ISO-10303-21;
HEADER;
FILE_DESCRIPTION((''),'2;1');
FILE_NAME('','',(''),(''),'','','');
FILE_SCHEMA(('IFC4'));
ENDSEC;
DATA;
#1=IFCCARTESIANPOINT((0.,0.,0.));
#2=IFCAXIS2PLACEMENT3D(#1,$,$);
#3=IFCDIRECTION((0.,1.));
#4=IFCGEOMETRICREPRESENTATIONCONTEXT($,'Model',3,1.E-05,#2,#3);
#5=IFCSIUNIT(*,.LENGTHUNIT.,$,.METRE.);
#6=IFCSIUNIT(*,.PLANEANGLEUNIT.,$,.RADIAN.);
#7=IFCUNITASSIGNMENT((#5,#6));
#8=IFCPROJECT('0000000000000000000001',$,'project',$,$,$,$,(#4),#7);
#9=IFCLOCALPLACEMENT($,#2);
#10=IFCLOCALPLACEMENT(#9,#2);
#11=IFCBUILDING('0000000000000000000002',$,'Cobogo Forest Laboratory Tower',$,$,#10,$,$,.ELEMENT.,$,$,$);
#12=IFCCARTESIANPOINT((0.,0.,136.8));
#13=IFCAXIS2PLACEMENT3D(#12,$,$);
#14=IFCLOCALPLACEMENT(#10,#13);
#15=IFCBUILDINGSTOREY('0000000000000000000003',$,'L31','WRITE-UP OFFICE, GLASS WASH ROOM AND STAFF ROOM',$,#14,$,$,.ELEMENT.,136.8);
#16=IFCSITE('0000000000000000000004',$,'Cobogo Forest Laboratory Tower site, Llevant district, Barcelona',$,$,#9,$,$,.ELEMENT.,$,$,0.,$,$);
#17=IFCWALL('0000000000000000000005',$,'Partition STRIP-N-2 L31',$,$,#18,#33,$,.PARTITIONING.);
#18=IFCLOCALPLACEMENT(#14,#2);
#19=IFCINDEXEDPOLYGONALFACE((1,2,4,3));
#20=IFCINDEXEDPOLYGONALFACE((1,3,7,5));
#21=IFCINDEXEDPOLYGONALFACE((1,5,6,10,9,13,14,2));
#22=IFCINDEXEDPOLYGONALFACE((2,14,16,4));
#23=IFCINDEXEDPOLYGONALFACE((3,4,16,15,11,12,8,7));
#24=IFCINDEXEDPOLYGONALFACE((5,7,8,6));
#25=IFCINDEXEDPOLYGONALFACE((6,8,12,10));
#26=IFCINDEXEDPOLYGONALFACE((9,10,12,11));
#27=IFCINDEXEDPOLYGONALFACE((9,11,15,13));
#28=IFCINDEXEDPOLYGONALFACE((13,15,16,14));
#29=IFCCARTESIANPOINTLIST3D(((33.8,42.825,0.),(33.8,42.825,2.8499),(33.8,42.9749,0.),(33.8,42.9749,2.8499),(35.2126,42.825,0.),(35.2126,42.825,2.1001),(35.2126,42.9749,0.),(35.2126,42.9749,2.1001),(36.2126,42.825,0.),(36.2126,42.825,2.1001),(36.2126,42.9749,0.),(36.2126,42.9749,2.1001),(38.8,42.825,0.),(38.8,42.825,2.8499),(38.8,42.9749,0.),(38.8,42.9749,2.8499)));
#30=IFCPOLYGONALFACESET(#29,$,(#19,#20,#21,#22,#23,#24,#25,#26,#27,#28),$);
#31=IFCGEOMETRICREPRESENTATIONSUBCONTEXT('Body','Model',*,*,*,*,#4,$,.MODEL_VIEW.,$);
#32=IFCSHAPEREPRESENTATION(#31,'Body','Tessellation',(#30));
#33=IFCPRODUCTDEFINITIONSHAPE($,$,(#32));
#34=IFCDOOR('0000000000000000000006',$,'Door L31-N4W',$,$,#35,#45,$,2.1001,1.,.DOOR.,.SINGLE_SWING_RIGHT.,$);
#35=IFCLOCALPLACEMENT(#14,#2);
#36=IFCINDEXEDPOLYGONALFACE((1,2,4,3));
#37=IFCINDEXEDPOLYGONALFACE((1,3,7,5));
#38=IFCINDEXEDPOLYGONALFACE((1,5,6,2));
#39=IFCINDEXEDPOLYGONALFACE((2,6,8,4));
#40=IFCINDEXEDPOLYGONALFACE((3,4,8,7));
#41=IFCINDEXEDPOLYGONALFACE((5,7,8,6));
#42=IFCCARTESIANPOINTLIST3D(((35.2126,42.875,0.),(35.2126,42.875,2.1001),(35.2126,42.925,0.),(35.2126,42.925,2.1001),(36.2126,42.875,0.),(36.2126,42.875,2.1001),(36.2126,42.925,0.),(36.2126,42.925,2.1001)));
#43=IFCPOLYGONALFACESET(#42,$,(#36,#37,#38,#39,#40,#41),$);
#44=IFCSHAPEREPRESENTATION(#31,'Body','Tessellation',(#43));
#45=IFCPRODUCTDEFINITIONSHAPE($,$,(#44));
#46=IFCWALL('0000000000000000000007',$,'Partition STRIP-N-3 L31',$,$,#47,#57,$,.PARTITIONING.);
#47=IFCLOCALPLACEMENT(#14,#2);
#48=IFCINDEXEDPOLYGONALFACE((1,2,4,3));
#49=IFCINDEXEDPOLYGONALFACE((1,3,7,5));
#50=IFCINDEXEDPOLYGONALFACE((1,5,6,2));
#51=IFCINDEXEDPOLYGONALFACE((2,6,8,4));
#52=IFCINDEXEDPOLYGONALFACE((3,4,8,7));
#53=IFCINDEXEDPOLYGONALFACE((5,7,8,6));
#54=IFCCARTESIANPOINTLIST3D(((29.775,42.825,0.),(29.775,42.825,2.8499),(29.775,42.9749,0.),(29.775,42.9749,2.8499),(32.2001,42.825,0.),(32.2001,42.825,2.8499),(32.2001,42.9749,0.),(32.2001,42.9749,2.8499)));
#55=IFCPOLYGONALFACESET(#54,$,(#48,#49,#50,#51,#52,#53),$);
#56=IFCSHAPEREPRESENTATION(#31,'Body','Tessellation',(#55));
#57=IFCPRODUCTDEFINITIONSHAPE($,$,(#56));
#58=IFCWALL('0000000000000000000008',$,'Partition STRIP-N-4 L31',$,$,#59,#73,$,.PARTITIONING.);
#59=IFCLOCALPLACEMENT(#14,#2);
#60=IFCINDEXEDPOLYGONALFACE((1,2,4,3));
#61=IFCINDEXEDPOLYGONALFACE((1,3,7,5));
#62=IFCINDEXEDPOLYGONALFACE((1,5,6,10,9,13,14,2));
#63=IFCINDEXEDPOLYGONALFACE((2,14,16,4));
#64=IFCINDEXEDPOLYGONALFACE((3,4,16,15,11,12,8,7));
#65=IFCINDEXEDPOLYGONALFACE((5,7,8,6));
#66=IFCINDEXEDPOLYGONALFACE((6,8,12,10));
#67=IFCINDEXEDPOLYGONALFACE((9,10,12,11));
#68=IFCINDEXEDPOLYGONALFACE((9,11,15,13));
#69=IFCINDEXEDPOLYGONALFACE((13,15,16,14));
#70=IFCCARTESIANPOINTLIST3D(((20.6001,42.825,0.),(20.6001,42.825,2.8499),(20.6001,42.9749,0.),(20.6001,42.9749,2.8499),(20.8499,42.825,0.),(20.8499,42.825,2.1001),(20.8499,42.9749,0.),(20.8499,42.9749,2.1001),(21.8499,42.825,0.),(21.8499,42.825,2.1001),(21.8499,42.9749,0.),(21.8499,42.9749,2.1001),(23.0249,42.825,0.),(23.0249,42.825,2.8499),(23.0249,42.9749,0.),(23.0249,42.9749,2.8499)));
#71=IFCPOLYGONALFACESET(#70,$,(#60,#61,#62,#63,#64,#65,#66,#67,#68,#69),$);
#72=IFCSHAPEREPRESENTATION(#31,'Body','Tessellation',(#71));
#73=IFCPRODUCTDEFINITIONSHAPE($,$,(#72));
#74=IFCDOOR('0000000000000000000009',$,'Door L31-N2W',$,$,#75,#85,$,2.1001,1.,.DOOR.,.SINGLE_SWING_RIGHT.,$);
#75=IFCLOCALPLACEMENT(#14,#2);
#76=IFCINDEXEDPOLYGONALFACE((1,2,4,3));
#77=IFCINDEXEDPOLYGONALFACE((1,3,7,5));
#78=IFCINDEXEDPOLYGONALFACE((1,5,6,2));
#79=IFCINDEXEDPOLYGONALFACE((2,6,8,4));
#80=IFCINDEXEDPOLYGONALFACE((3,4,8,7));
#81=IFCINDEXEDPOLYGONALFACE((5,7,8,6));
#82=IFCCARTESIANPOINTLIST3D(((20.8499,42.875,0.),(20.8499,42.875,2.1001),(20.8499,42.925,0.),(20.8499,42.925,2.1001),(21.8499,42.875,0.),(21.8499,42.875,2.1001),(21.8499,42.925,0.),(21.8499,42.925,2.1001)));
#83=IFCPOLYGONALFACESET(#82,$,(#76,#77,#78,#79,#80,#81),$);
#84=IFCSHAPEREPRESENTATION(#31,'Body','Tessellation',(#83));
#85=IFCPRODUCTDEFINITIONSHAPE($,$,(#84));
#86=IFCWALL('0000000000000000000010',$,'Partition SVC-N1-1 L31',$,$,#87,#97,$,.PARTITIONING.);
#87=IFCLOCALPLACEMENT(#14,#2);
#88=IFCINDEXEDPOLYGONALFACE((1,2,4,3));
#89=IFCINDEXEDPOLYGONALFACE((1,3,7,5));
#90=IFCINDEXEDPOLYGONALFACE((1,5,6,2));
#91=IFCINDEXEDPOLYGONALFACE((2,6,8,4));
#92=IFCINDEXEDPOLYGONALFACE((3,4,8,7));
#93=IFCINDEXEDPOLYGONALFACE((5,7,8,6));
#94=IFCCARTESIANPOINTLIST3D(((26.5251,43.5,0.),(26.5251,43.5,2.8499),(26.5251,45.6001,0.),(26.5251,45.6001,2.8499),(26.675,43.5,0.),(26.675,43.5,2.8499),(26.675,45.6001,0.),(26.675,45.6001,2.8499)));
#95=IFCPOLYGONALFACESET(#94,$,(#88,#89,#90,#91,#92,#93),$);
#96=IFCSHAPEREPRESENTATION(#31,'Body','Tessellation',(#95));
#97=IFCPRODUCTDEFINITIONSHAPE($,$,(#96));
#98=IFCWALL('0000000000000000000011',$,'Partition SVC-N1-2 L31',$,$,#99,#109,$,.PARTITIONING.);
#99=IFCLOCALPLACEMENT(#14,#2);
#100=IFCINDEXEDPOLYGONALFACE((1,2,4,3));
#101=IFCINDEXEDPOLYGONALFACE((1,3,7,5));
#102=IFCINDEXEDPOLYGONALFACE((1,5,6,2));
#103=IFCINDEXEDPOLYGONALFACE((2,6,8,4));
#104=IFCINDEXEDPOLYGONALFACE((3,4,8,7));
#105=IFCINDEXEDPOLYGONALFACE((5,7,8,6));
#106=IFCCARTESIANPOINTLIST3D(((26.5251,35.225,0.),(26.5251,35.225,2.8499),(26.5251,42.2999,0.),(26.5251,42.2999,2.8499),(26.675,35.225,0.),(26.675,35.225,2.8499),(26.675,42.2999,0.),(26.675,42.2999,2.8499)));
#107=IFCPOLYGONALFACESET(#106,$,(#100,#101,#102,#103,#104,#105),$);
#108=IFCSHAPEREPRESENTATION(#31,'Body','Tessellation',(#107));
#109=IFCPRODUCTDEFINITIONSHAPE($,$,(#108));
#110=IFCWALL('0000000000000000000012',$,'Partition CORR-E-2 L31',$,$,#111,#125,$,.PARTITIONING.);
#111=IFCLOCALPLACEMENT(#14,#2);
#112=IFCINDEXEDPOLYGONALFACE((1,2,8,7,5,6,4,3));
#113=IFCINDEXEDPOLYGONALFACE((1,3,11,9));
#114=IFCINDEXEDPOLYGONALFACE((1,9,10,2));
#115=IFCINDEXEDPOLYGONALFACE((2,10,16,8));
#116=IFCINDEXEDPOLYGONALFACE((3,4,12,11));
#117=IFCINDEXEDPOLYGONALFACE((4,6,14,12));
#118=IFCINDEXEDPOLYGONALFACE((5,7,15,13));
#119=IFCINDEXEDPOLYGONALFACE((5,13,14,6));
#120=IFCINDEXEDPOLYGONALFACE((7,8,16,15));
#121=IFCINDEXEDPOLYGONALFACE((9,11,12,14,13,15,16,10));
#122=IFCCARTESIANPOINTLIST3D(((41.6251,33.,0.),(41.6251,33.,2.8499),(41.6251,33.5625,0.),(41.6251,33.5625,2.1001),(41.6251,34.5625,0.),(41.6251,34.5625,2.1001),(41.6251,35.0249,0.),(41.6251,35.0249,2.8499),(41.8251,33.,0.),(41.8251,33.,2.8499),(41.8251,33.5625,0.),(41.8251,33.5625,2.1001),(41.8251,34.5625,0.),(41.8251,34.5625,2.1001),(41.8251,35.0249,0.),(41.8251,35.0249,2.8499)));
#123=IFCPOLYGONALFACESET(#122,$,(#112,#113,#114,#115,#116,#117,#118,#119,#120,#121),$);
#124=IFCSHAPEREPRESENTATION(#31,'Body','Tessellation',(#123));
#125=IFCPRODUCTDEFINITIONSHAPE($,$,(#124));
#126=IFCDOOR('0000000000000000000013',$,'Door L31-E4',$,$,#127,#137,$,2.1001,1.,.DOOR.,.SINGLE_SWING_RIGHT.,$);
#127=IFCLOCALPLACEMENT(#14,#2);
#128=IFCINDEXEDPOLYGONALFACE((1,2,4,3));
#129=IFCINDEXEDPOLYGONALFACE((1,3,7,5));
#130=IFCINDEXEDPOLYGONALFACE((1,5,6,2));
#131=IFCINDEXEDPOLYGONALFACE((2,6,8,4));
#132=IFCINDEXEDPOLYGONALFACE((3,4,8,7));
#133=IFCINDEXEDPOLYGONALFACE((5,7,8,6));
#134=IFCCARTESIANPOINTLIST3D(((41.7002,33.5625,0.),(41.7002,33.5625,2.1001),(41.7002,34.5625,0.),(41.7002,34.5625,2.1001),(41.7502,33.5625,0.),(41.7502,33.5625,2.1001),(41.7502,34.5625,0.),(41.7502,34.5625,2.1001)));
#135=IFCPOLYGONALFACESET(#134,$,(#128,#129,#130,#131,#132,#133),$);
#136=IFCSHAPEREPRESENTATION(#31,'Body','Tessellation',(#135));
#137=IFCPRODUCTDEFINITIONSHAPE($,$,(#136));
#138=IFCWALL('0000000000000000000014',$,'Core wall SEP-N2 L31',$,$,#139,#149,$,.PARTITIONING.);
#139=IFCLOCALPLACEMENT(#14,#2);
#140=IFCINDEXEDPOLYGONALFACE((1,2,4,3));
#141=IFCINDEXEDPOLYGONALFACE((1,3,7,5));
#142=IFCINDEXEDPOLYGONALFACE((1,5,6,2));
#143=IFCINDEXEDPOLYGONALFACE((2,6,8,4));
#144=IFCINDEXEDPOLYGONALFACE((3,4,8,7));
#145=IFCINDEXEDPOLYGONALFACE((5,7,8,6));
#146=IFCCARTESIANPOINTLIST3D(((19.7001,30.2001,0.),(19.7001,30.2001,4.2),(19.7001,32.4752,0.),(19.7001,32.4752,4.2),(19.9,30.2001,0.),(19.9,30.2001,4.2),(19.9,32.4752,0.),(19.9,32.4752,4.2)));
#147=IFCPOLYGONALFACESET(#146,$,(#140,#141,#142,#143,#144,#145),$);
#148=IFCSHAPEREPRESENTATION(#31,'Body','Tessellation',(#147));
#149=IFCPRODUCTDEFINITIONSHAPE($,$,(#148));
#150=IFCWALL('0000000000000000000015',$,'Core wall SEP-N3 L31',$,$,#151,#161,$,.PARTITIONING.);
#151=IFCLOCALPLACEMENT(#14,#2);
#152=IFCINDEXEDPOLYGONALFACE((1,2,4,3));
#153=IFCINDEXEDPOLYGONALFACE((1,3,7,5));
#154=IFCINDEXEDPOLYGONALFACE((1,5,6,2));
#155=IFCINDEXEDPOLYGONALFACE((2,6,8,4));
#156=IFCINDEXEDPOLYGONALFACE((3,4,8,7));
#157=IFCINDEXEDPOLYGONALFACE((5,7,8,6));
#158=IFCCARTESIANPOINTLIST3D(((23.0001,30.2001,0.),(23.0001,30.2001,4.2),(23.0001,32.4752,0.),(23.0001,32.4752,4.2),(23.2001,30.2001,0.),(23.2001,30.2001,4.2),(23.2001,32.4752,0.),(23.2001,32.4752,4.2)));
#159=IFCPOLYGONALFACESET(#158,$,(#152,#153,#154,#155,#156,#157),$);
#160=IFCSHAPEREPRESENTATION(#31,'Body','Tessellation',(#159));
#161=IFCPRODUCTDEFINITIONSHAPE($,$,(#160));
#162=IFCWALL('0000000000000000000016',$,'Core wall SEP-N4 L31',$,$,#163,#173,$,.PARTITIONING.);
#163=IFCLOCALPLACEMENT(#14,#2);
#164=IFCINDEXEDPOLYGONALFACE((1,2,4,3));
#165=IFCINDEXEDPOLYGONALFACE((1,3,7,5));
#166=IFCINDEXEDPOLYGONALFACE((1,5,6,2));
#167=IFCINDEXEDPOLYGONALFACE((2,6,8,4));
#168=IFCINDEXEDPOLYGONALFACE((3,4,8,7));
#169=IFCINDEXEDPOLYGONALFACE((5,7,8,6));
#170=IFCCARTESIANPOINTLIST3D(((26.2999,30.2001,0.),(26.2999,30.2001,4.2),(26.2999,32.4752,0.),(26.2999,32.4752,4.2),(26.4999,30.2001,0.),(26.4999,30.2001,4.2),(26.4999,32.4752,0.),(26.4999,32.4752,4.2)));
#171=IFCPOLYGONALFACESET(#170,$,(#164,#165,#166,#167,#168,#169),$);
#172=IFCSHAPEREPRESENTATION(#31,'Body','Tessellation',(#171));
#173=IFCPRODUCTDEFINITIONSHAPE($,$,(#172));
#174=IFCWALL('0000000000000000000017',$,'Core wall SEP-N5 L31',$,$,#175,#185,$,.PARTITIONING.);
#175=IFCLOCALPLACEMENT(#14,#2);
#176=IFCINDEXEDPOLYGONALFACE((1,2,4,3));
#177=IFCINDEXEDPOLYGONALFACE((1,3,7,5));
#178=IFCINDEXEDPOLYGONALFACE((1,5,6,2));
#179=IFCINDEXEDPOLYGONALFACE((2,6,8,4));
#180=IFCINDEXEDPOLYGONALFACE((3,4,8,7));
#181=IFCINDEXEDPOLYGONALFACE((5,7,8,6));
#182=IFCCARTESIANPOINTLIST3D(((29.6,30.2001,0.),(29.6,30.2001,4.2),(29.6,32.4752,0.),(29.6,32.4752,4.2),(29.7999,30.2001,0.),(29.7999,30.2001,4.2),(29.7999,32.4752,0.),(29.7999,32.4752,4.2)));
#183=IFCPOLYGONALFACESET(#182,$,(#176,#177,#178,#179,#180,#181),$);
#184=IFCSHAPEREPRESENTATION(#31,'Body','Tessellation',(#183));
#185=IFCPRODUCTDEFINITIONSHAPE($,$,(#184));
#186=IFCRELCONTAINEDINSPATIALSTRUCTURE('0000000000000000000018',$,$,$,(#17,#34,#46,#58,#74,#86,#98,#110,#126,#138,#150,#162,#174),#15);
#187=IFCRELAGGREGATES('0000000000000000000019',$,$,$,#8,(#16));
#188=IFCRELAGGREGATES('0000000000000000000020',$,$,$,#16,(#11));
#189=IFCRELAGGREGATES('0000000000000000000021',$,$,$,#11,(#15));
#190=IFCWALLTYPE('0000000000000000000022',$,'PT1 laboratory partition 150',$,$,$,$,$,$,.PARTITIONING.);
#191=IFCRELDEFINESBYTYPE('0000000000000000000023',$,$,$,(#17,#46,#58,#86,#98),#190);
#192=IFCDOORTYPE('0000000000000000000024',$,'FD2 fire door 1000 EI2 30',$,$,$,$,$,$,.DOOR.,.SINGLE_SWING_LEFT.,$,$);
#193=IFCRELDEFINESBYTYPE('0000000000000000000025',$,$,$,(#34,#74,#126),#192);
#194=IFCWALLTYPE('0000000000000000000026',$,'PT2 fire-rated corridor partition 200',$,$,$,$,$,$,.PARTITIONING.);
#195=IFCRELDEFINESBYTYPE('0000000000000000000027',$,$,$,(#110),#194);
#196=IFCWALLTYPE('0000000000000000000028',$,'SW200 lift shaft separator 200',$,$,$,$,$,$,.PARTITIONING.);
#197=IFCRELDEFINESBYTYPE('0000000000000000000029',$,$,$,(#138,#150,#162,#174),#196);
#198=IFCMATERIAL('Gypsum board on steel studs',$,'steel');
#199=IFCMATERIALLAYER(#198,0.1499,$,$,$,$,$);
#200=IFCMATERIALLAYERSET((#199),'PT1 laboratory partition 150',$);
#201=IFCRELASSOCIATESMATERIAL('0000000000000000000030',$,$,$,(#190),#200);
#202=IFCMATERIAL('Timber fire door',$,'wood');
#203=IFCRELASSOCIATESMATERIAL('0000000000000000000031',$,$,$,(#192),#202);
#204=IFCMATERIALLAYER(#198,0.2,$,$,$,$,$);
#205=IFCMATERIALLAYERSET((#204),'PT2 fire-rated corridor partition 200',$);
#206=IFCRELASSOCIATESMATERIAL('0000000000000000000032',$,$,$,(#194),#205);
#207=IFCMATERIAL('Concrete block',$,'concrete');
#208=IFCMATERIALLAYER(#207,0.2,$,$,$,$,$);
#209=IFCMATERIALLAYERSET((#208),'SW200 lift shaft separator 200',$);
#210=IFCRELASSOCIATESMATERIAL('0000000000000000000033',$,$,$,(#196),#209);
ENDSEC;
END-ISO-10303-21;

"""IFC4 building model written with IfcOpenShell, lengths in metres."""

from ifc_helpers import new_model, si_unit, direction, frame, frame_2d, origin, place, context, subcontext, project, spatial, rectangle, extrude, material, layer, layer_set, type_object, element, fill, save


model = new_model("IFC4")

# Units and contexts
model_context = context("Model", 3, precision=1e-05, world=origin(), true_north=direction((0.0, 1.0)))
body_context = subcontext(model_context, "Body", "Model", "MODEL_VIEW")
ifc_project = project(units=[si_unit("LENGTHUNIT", "METRE"), si_unit("PLANEANGLEUNIT", "RADIAN")], contexts=[model_context])

# Site, building, storey
site_placement = place(None, origin())
site = spatial("IfcSite", under=ifc_project, at=site_placement, Name="Cobogo Forest Laboratory Tower site, Llevant district, Barcelona", CompositionType="ELEMENT", RefElevation=0.0)
building_placement = place(site_placement, origin())
building = spatial("IfcBuilding", under=site, at=building_placement, Name="Cobogo Forest Laboratory Tower", CompositionType="ELEMENT")
storey_placement = place(building_placement, frame((0.0, 0.0, 136.8)))
storey = spatial("IfcBuildingStorey", under=building, at=storey_placement, Name="L31", Description="WRITE-UP OFFICE, GLASS WASH ROOM AND STAFF ROOM", CompositionType="ELEMENT", Elevation=136.8)

# Shared definitions
ifc_material_1 = material(Name="Gypsum board on steel studs", Category="steel")
ifc_layer_1 = layer(ifc_material_1, 0.1499)
ifc_layer_set_1 = layer_set([ifc_layer_1], Name="PT1 laboratory partition 150")
wall_type_1 = type_object("IfcWallType", Name="PT1 laboratory partition 150", PredefinedType="PARTITIONING", material=ifc_layer_set_1)

# Wall, opening, door
wall_1_placement = place(storey_placement, frame((38.8, 42.8999, 0.0), z_axis=(0.0, 0.0, 1.0), x_axis=(-1.0, 0.0, 0.0)))
wall_1 = element("IfcWall", 1, at=wall_1_placement, inside=storey, type_object=wall_type_1, Name="Partition STRIP-N-2 L31", PredefinedType="PARTITIONING", context=body_context, shape_type="SweptSolid", body=[
    extrude(rectangle(XDim=5.0, YDim=0.1499, at=frame_2d((2.5, 0.0))), origin(), (0.0, 0.0, 1.0), 2.8499),
])
opening_1_placement = place(wall_1_placement, frame((2.5874, 0.0, 0.0)))
opening_1 = element("IfcOpeningElement", 2, at=opening_1_placement, cuts=wall_1, PredefinedType="OPENING", context=body_context, shape_type="SweptSolid", body=[
    extrude(rectangle(XDim=1.0, YDim=2.1001, at=frame_2d((0.5, 1.05))), frame((0.0, 0.085, 0.0), z_axis=(0.0, -1.0, 0.0), x_axis=(1.0, 0.0, 0.0)), (0.0, 0.0, 1.0), 0.1699),
])
ifc_material_2 = material(Name="Timber fire door", Category="wood")
door_type = type_object("IfcDoorType", Name="FD2 fire door 1000 EI2 30", OperationType="SINGLE_SWING_LEFT", PredefinedType="DOOR", material=ifc_material_2)
door_1_placement = place(opening_1_placement, origin())
door_1 = element("IfcDoor", 3, at=door_1_placement, inside=storey, type_object=door_type, Name="Door L31-N4W", OperationType="SINGLE_SWING_RIGHT", OverallHeight=2.1001, OverallWidth=1.0, PredefinedType="DOOR", context=body_context, shape_type="SweptSolid", body=[
    extrude(rectangle(XDim=1.0, YDim=2.1001, at=frame_2d((0.5, 1.05))), frame((0.0, 0.0249, 0.0), z_axis=(0.0, -1.0, 0.0), x_axis=(1.0, 0.0, 0.0)), (0.0, 0.0, 1.0), 0.05),
])
fill(opening_1, door_1)

# Wall
wall_2_placement = place(storey_placement, frame((32.2, 42.8999, 0.0), z_axis=(0.0, 0.0, 1.0), x_axis=(-1.0, 0.0, 0.0)))
element("IfcWall", 4, at=wall_2_placement, inside=storey, type_object=wall_type_1, Name="Partition STRIP-N-3 L31", PredefinedType="PARTITIONING", context=body_context, shape_type="SweptSolid", body=[
    extrude(rectangle(XDim=2.425, YDim=0.1499, at=frame_2d((1.2124, 0.0))), origin(), (0.0, 0.0, 1.0), 2.8499),
])

# Wall, opening, door
wall_3_placement = place(storey_placement, frame((23.0249, 42.8999, 0.0), z_axis=(0.0, 0.0, 1.0), x_axis=(-1.0, 0.0, 0.0)))
wall_3 = element("IfcWall", 5, at=wall_3_placement, inside=storey, type_object=wall_type_1, Name="Partition STRIP-N-4 L31", PredefinedType="PARTITIONING", context=body_context, shape_type="SweptSolid", body=[
    extrude(rectangle(XDim=2.4248, YDim=0.1499, at=frame_2d((1.2124, 0.0))), origin(), (0.0, 0.0, 1.0), 2.8499),
])
opening_2_placement = place(wall_3_placement, frame((1.175, 0.0, 0.0)))
opening_2 = element("IfcOpeningElement", 6, at=opening_2_placement, cuts=wall_3, PredefinedType="OPENING", context=body_context, shape_type="SweptSolid", body=[
    extrude(rectangle(XDim=1.0, YDim=2.1001, at=frame_2d((0.5, 1.05))), frame((0.0, 0.085, 0.0), z_axis=(0.0, -1.0, 0.0), x_axis=(1.0, 0.0, 0.0)), (0.0, 0.0, 1.0), 0.1699),
])
door_2_placement = place(opening_2_placement, origin())
door_2 = element("IfcDoor", 7, at=door_2_placement, inside=storey, type_object=door_type, Name="Door L31-N2W", OperationType="SINGLE_SWING_RIGHT", OverallHeight=2.1001, OverallWidth=1.0, PredefinedType="DOOR", context=body_context, shape_type="SweptSolid", body=[
    extrude(rectangle(XDim=1.0, YDim=2.1001, at=frame_2d((0.5, 1.05))), frame((0.0, 0.0249, 0.0), z_axis=(0.0, -1.0, 0.0), x_axis=(1.0, 0.0, 0.0)), (0.0, 0.0, 1.0), 0.05),
])
fill(opening_2, door_2)

# Walls
wall_4_placement = place(storey_placement, frame((26.6001, 45.6001, 0.0), z_axis=(0.0, 0.0, 1.0), x_axis=(0.0, -1.0, 0.0)))
element("IfcWall", 8, at=wall_4_placement, inside=storey, type_object=wall_type_1, Name="Partition SVC-N1-1 L31", PredefinedType="PARTITIONING", context=body_context, shape_type="SweptSolid", body=[
    extrude(rectangle(XDim=2.1001, YDim=0.1499, at=frame_2d((1.05, 0.0))), origin(), (0.0, 0.0, 1.0), 2.8499),
])
wall_5_placement = place(storey_placement, frame((26.6001, 42.3, 0.0), z_axis=(0.0, 0.0, 1.0), x_axis=(0.0, -1.0, 0.0)))
element("IfcWall", 9, at=wall_5_placement, inside=storey, type_object=wall_type_1, Name="Partition SVC-N1-2 L31", PredefinedType="PARTITIONING", context=body_context, shape_type="SweptSolid", body=[
    extrude(rectangle(XDim=7.075, YDim=0.1499, at=frame_2d((3.5376, 0.0))), origin(), (0.0, 0.0, 1.0), 2.8499),
])

# Wall, opening, door
ifc_layer_2 = layer(ifc_material_1, 0.2)
ifc_layer_set_2 = layer_set([ifc_layer_2], Name="PT2 fire-rated corridor partition 200")
wall_type_2 = type_object("IfcWallType", Name="PT2 fire-rated corridor partition 200", PredefinedType="PARTITIONING", material=ifc_layer_set_2)
wall_6_placement = place(storey_placement, frame((41.7251, 33.0, 0.0), z_axis=(0.0, 0.0, 1.0), x_axis=(0.0, 1.0, 0.0)))
wall_6 = element("IfcWall", 10, at=wall_6_placement, inside=storey, type_object=wall_type_2, Name="Partition CORR-E-2 L31", PredefinedType="PARTITIONING", context=body_context, shape_type="SweptSolid", body=[
    extrude(rectangle(XDim=2.0249, YDim=0.2, at=frame_2d((1.0125, 0.0))), origin(), (0.0, 0.0, 1.0), 2.8499),
])
opening_3_placement = place(wall_6_placement, frame((0.5625, 0.0, 0.0)))
opening_3 = element("IfcOpeningElement", 11, at=opening_3_placement, cuts=wall_6, PredefinedType="OPENING", context=body_context, shape_type="SweptSolid", body=[
    extrude(rectangle(XDim=1.0, YDim=2.1001, at=frame_2d((0.5, 1.05))), frame((0.0, 0.1099, 0.0), z_axis=(0.0, -1.0, 0.0), x_axis=(1.0, 0.0, 0.0)), (0.0, 0.0, 1.0), 0.22),
])
door_3_placement = place(opening_3_placement, origin())
door_3 = element("IfcDoor", 12, at=door_3_placement, inside=storey, type_object=door_type, Name="Door L31-E4", OperationType="SINGLE_SWING_RIGHT", OverallHeight=2.1001, OverallWidth=1.0, PredefinedType="DOOR", context=body_context, shape_type="SweptSolid", body=[
    extrude(rectangle(XDim=1.0, YDim=2.1001, at=frame_2d((0.5, 1.05))), frame((0.0, 0.0249, 0.0), z_axis=(0.0, -1.0, 0.0), x_axis=(1.0, 0.0, 0.0)), (0.0, 0.0, 1.0), 0.05),
])
fill(opening_3, door_3)

# Walls
ifc_material_3 = material(Name="Concrete block", Category="concrete")
ifc_layer_3 = layer(ifc_material_3, 0.2)
ifc_layer_set_3 = layer_set([ifc_layer_3], Name="SW200 lift shaft separator 200")
wall_type_3 = type_object("IfcWallType", Name="SW200 lift shaft separator 200", PredefinedType="PARTITIONING", material=ifc_layer_set_3)
for number, where, z_axis, x_axis, name in (
    (13, (19.8, 30.2, 0.0), (0.0, 0.0, 1.0), (0.0, 1.0, 0.0), "Core wall SEP-N2 L31"),
    (14, (23.1001, 30.2, 0.0), (0.0, 0.0, 1.0), (0.0, 1.0, 0.0), "Core wall SEP-N3 L31"),
    (15, (26.3999, 30.2, 0.0), (0.0, 0.0, 1.0), (0.0, 1.0, 0.0), "Core wall SEP-N4 L31"),
    (16, (29.7, 30.2, 0.0), (0.0, 0.0, 1.0), (0.0, 1.0, 0.0), "Core wall SEP-N5 L31"),
):
    element("IfcWall", number, at=place(storey_placement, frame(where, z_axis=z_axis, x_axis=x_axis)), inside=storey, type_object=wall_type_3, Name=name, PredefinedType="PARTITIONING", context=body_context, shape_type="SweptSolid", body=[
        extrude(rectangle(XDim=2.2751, YDim=0.2, at=frame_2d((1.1377, 0.0))), origin(), (0.0, 0.0, 1.0), 4.2),
    ])

save(model, "model.ifc")
